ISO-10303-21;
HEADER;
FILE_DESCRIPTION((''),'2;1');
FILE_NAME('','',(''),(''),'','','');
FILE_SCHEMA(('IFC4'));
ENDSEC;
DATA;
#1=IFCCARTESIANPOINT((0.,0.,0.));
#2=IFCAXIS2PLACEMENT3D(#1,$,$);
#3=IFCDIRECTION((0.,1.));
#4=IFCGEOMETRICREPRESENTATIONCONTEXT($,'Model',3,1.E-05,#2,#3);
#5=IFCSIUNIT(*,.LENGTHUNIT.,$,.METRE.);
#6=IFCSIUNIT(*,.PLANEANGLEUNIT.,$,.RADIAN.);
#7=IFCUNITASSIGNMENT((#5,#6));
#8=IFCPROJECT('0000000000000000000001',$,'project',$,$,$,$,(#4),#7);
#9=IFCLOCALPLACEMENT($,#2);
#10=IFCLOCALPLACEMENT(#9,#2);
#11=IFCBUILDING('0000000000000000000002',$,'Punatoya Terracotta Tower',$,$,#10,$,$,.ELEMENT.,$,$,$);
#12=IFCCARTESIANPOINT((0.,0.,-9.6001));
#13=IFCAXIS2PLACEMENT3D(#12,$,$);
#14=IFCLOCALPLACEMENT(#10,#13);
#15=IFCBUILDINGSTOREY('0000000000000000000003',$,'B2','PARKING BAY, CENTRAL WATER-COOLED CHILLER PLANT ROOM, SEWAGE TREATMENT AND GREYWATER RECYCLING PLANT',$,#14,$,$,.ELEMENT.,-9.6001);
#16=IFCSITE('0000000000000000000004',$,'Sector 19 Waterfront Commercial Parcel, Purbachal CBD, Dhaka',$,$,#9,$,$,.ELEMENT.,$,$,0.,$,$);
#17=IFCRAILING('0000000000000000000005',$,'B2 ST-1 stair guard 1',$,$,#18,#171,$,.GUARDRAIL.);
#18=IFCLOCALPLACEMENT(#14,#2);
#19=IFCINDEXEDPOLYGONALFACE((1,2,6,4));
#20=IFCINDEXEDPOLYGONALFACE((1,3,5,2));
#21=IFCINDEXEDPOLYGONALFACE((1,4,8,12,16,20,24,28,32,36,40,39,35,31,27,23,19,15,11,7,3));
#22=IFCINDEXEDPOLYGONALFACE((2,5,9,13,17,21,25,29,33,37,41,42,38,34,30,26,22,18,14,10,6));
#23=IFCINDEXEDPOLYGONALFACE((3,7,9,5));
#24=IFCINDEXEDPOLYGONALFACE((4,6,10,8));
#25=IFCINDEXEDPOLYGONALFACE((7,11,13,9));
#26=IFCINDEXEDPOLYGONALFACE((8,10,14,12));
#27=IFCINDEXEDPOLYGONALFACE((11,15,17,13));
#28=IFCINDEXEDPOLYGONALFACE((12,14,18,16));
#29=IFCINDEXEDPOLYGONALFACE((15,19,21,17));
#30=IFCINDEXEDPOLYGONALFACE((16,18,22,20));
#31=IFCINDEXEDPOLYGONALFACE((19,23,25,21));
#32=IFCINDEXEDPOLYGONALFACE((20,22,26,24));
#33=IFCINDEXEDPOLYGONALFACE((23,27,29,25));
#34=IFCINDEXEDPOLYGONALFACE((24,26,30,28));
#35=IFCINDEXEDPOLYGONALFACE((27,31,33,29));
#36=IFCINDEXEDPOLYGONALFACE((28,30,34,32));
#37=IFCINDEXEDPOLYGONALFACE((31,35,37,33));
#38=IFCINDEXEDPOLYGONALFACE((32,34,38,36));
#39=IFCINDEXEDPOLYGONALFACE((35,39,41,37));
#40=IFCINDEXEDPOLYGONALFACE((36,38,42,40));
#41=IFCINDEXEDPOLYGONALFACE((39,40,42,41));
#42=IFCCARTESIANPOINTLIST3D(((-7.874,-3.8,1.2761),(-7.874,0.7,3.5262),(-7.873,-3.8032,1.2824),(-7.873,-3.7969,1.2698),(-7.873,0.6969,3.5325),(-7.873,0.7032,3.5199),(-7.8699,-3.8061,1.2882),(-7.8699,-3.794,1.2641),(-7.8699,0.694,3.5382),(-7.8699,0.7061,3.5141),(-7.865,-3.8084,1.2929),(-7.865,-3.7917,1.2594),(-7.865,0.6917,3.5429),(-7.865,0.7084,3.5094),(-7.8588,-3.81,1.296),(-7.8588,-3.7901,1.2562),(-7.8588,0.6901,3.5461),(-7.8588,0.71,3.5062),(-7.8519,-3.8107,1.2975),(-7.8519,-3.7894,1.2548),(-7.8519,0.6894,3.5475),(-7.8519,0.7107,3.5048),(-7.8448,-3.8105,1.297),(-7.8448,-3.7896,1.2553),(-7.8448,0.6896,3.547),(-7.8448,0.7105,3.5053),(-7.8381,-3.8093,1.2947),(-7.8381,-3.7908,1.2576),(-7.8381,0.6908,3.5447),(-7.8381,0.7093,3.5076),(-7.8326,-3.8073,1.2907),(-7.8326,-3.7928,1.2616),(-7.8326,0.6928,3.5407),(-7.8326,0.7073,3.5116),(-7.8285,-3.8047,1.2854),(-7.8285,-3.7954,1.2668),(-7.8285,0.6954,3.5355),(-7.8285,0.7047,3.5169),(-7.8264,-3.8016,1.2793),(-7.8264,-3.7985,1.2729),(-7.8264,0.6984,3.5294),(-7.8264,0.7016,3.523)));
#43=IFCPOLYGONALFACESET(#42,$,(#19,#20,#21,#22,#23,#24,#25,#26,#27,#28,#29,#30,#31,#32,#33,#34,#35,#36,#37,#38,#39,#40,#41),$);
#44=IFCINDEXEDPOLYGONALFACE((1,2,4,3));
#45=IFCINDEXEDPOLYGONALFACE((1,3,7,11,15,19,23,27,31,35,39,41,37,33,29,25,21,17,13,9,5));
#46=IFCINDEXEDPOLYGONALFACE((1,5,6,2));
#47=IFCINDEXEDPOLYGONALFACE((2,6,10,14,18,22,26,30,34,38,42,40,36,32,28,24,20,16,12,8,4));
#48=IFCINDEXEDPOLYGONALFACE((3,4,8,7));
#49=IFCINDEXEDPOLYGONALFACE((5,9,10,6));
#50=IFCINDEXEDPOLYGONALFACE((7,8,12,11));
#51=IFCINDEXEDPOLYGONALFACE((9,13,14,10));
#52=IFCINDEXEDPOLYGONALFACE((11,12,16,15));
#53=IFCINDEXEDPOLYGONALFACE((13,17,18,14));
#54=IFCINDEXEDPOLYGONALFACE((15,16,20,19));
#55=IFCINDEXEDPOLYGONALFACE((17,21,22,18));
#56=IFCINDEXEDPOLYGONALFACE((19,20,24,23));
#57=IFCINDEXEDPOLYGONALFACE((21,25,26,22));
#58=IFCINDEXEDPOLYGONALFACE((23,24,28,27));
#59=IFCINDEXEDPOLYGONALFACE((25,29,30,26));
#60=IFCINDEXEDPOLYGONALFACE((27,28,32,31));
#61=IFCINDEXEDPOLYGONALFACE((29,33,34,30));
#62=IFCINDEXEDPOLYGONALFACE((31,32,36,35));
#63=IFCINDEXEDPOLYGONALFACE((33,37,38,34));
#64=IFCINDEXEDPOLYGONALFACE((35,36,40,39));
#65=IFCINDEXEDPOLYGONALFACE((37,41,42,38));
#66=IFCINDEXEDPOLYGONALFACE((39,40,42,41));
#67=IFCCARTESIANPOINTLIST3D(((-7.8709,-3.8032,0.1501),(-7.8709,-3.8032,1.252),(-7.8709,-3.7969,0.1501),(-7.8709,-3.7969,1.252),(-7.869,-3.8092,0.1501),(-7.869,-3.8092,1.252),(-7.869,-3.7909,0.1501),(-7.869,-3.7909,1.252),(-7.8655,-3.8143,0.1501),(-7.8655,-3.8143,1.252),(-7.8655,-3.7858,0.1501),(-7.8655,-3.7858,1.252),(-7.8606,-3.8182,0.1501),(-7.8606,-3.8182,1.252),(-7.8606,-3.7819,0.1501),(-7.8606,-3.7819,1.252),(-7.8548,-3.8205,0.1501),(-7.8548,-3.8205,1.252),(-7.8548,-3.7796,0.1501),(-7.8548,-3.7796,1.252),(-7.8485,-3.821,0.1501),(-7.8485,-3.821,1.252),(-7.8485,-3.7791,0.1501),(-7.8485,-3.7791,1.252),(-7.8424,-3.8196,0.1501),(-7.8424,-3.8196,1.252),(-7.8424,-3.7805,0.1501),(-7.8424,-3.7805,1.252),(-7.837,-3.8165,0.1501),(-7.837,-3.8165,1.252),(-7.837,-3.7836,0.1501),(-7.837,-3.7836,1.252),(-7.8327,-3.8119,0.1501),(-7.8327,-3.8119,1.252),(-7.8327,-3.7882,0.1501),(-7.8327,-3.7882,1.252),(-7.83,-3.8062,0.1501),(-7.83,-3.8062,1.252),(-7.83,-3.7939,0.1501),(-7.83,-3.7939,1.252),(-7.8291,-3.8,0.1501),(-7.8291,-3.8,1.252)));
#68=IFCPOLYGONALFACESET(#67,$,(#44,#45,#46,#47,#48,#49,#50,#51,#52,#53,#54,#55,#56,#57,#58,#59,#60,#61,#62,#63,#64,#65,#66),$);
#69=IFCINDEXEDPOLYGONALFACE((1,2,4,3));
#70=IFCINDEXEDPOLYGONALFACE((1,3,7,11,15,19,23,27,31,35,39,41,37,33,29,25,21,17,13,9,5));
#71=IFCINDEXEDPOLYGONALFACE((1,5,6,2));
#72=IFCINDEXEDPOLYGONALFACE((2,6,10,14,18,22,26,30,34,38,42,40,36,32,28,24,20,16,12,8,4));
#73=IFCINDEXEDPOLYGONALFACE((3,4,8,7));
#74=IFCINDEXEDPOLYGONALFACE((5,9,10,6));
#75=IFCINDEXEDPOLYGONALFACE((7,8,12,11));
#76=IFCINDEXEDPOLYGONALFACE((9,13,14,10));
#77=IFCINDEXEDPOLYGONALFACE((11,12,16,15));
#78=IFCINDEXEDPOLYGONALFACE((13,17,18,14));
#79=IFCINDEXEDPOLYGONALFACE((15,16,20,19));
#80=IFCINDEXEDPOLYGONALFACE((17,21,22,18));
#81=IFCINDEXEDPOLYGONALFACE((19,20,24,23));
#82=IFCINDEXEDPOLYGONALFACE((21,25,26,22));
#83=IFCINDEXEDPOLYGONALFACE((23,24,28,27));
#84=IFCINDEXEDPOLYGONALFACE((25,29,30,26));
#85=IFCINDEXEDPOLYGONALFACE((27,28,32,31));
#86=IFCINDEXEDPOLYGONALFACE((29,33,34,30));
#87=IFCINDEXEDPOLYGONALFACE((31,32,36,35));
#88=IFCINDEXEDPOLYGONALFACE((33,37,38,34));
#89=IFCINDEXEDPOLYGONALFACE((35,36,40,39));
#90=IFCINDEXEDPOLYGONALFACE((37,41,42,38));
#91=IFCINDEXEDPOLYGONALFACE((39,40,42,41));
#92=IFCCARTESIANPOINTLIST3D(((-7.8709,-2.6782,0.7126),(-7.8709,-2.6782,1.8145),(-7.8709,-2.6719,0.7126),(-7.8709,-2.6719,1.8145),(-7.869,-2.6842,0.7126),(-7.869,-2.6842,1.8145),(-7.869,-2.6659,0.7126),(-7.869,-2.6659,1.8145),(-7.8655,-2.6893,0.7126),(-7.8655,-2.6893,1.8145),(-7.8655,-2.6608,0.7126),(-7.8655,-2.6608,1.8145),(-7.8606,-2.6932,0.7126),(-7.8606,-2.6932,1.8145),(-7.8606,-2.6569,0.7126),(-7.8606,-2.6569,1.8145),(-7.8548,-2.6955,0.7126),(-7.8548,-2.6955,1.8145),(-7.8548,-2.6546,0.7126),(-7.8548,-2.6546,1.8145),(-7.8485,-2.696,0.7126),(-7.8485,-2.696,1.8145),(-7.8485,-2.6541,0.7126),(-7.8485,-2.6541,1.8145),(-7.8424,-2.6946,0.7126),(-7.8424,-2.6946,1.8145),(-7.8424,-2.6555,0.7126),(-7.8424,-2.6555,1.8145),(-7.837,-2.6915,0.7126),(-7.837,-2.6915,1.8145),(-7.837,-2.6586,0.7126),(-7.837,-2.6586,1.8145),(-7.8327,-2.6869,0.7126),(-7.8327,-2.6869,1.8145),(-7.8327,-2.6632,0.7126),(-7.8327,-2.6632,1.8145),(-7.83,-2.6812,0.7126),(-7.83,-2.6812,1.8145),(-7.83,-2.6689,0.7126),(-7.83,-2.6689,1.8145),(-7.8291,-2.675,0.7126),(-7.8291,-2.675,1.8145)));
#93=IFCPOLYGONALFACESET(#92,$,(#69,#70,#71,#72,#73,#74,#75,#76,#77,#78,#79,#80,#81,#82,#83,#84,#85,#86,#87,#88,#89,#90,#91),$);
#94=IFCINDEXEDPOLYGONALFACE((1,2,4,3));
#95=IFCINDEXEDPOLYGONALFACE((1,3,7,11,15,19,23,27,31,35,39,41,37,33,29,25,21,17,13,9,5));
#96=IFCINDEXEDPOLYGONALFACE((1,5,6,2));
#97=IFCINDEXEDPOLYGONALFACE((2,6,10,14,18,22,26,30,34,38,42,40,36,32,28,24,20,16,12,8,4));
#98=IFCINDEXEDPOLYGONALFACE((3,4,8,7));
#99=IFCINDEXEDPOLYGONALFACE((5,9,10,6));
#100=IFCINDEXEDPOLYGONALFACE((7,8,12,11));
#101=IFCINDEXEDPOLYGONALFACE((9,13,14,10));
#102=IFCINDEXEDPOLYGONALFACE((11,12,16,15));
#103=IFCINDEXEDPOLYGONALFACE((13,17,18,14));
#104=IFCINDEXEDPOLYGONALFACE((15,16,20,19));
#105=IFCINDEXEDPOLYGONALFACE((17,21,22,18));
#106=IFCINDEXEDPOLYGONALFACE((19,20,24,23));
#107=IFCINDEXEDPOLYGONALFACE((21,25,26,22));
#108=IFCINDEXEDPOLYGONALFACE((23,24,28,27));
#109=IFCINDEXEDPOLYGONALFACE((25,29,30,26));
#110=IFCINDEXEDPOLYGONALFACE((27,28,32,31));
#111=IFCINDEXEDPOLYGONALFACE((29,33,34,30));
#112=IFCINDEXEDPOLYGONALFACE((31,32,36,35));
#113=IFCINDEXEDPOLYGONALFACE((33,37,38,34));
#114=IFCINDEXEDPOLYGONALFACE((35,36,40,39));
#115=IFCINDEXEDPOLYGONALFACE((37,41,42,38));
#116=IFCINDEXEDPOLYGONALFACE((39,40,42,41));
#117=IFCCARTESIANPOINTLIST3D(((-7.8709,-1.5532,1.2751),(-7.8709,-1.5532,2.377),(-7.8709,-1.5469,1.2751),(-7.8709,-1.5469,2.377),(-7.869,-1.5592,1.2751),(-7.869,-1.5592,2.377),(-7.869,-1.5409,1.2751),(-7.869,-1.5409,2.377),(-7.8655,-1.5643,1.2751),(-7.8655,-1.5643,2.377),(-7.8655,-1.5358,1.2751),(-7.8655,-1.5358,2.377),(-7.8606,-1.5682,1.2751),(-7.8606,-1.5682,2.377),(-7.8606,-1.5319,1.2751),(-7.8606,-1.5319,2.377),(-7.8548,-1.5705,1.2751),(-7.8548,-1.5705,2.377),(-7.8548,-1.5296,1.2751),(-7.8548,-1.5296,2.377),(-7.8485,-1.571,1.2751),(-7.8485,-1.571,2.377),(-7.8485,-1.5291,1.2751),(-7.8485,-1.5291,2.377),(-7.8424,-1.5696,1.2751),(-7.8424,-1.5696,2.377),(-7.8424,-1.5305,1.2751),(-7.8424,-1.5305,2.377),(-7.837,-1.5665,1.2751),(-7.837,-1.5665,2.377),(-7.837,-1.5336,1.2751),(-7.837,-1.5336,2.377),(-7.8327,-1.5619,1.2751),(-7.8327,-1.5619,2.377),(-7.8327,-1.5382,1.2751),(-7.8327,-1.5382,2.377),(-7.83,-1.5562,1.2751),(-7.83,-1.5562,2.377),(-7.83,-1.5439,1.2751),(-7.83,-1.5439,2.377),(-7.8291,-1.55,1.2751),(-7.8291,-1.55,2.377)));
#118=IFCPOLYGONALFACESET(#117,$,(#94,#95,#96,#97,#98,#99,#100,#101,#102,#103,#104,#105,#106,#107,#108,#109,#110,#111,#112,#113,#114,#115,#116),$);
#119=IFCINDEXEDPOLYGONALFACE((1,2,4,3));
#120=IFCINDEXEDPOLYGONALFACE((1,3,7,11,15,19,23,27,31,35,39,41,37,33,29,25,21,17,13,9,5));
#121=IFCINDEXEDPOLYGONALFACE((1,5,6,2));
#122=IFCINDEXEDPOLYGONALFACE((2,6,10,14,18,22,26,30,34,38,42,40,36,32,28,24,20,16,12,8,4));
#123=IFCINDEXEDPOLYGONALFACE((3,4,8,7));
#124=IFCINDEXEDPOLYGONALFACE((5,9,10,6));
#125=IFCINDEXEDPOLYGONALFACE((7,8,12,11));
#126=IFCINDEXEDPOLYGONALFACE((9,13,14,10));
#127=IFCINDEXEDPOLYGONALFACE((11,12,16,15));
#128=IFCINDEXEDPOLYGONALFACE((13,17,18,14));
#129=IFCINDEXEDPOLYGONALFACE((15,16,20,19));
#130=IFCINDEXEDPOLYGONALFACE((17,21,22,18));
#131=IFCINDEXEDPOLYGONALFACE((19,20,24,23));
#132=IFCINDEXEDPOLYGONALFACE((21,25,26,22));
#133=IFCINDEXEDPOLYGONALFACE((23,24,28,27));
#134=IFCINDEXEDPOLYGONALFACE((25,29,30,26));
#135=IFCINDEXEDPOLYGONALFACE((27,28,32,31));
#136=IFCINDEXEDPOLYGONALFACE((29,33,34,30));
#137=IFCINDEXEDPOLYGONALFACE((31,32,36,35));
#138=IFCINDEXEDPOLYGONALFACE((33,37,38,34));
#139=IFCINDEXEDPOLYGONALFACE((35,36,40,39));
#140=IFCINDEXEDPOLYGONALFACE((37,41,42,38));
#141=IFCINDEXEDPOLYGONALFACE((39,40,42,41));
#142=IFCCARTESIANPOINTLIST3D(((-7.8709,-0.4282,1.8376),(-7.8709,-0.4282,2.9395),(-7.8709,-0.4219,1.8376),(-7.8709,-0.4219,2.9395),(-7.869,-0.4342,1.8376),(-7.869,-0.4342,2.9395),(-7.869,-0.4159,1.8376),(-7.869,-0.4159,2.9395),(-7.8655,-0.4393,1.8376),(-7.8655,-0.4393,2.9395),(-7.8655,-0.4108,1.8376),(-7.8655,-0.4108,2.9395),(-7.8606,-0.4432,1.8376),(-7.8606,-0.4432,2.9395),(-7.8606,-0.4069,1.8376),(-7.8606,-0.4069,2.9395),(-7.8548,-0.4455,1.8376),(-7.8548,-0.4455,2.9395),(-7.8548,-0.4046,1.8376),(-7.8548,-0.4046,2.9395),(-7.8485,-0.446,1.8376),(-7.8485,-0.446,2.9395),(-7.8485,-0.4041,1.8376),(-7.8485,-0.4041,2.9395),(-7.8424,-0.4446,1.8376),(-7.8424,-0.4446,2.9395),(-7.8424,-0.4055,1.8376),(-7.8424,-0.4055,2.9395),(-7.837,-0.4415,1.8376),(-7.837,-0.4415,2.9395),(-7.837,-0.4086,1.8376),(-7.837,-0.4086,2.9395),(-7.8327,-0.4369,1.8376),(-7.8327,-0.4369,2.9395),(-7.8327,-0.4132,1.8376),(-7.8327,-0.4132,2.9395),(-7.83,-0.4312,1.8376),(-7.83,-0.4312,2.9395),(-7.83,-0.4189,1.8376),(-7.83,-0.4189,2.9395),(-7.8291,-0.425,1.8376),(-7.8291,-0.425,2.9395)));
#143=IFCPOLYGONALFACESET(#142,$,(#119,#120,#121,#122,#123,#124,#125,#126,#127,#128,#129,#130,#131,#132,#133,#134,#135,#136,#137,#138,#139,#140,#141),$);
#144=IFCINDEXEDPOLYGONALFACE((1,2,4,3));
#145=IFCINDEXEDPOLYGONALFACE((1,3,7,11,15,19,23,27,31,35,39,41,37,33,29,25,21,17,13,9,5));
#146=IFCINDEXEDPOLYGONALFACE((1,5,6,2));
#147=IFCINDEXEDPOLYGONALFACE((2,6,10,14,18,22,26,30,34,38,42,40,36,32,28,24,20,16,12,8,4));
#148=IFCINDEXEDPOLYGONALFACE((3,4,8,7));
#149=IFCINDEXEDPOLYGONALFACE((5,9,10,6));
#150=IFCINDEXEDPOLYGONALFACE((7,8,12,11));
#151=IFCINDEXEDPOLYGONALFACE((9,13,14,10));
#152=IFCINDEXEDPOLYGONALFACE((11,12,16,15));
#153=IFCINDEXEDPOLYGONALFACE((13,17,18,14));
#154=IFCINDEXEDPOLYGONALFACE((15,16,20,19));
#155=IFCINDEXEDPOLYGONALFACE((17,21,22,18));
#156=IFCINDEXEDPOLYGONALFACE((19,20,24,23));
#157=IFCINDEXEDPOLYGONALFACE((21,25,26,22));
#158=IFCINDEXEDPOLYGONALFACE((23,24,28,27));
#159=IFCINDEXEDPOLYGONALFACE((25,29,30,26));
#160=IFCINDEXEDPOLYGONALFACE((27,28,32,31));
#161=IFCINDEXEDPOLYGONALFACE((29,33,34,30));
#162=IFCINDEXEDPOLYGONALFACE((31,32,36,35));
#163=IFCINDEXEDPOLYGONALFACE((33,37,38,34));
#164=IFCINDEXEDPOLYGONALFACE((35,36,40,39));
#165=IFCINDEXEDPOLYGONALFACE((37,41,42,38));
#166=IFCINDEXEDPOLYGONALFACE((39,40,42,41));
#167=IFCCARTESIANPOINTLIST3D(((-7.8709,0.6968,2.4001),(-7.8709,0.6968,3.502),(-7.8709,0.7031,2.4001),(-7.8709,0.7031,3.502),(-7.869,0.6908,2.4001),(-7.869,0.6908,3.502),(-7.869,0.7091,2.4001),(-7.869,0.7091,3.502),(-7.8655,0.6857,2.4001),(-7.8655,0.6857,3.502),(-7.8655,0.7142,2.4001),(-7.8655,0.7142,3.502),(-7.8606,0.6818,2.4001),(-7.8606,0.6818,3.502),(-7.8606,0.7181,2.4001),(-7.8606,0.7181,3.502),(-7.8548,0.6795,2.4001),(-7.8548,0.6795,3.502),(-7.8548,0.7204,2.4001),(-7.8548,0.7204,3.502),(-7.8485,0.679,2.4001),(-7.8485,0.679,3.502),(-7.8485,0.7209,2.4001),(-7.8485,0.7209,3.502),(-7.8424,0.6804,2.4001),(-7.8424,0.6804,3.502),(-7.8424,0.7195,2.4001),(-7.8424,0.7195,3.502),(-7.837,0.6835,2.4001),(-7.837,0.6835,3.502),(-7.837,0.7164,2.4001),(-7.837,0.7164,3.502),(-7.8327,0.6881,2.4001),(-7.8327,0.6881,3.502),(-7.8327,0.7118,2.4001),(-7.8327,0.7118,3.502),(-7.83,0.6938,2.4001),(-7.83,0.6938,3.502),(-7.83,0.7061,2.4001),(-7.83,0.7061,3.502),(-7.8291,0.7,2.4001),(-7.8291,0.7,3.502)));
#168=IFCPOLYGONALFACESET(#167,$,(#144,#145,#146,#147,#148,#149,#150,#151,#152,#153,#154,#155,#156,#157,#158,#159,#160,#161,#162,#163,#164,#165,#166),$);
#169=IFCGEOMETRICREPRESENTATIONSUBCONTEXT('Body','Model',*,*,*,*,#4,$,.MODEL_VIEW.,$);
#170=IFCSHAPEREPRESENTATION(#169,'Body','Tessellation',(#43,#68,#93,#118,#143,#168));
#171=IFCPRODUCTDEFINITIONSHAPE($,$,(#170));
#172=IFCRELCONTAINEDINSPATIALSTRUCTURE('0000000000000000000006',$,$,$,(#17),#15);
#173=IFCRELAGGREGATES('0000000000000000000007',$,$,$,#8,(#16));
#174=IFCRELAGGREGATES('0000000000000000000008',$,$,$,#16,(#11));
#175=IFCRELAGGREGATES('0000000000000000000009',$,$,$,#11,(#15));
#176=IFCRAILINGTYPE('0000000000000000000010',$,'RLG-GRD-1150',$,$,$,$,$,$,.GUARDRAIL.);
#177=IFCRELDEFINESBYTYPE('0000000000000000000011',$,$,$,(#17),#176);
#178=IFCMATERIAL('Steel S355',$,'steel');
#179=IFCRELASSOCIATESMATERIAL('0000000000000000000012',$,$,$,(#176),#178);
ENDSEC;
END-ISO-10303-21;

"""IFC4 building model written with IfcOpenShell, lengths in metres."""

from ifc_helpers import new_model, si_unit, direction, frame, origin, origin_2d, place, context, subcontext, project, spatial, circle, extrude, material, type_object, element, save


model = new_model("IFC4")

# Units and contexts
model_context = context("Model", 3, precision=1e-05, world=origin(), true_north=direction((0.0, 1.0)))
body_context = subcontext(model_context, "Body", "Model", "MODEL_VIEW")
ifc_project = project(units=[si_unit("LENGTHUNIT", "METRE"), si_unit("PLANEANGLEUNIT", "RADIAN")], contexts=[model_context])

# Site, building, storey
site_placement = place(None, origin())
site = spatial("IfcSite", under=ifc_project, at=site_placement, Name="Sector 19 Waterfront Commercial Parcel, Purbachal CBD, Dhaka", CompositionType="ELEMENT", RefElevation=0.0)
building_placement = place(site_placement, origin())
building = spatial("IfcBuilding", under=site, at=building_placement, Name="Punatoya Terracotta Tower", CompositionType="ELEMENT")
storey_placement = place(building_placement, frame((0.0, 0.0, -9.6001)))
storey = spatial("IfcBuildingStorey", under=building, at=storey_placement, Name="B2", Description="PARKING BAY, CENTRAL WATER-COOLED CHILLER PLANT ROOM, SEWAGE TREATMENT AND GREYWATER RECYCLING PLANT", CompositionType="ELEMENT", Elevation=-9.6001)

# Railing
ifc_material_1 = material(Name="Steel S355", Category="steel")
railing_type_1 = type_object("IfcRailingType", Name="RLG-GRD-1150", PredefinedType="GUARDRAIL", material=ifc_material_1)
railing_1_placement = place(storey_placement, frame((-7.8501, -3.8, 0.1501)))
element("IfcRailing", 1, at=railing_1_placement, inside=storey, type_object=railing_type_1, Name="B2 ST-1 stair guard 1", PredefinedType="GUARDRAIL", context=body_context, shape_type="SweptSolid", body=[
    extrude(circle(Radius=0.0239, at=origin_2d()), frame((0.0, 0.0, 1.126), z_axis=(0.0, 0.894427, 0.447214), x_axis=(-1.0, 0.0, 0.0)), (0.0, 0.0, 1.0), 5.0312),
    extrude(circle(Radius=0.021, at=origin_2d()), origin(), (0.0, 0.0, 1.0), 1.1018),
    extrude(circle(Radius=0.021, at=origin_2d()), frame((0.0, 1.125, 0.5625)), (0.0, 0.0, 1.0), 1.1018),
    extrude(circle(Radius=0.021, at=origin_2d()), frame((0.0, 2.25, 1.125)), (0.0, 0.0, 1.0), 1.1018),
    extrude(circle(Radius=0.021, at=origin_2d()), frame((0.0, 3.375, 1.6875)), (0.0, 0.0, 1.0), 1.1018),
    extrude(circle(Radius=0.021, at=origin_2d()), frame((0.0, 4.5, 2.25)), (0.0, 0.0, 1.0), 1.1018),
])

save(model, "model.ifc")
